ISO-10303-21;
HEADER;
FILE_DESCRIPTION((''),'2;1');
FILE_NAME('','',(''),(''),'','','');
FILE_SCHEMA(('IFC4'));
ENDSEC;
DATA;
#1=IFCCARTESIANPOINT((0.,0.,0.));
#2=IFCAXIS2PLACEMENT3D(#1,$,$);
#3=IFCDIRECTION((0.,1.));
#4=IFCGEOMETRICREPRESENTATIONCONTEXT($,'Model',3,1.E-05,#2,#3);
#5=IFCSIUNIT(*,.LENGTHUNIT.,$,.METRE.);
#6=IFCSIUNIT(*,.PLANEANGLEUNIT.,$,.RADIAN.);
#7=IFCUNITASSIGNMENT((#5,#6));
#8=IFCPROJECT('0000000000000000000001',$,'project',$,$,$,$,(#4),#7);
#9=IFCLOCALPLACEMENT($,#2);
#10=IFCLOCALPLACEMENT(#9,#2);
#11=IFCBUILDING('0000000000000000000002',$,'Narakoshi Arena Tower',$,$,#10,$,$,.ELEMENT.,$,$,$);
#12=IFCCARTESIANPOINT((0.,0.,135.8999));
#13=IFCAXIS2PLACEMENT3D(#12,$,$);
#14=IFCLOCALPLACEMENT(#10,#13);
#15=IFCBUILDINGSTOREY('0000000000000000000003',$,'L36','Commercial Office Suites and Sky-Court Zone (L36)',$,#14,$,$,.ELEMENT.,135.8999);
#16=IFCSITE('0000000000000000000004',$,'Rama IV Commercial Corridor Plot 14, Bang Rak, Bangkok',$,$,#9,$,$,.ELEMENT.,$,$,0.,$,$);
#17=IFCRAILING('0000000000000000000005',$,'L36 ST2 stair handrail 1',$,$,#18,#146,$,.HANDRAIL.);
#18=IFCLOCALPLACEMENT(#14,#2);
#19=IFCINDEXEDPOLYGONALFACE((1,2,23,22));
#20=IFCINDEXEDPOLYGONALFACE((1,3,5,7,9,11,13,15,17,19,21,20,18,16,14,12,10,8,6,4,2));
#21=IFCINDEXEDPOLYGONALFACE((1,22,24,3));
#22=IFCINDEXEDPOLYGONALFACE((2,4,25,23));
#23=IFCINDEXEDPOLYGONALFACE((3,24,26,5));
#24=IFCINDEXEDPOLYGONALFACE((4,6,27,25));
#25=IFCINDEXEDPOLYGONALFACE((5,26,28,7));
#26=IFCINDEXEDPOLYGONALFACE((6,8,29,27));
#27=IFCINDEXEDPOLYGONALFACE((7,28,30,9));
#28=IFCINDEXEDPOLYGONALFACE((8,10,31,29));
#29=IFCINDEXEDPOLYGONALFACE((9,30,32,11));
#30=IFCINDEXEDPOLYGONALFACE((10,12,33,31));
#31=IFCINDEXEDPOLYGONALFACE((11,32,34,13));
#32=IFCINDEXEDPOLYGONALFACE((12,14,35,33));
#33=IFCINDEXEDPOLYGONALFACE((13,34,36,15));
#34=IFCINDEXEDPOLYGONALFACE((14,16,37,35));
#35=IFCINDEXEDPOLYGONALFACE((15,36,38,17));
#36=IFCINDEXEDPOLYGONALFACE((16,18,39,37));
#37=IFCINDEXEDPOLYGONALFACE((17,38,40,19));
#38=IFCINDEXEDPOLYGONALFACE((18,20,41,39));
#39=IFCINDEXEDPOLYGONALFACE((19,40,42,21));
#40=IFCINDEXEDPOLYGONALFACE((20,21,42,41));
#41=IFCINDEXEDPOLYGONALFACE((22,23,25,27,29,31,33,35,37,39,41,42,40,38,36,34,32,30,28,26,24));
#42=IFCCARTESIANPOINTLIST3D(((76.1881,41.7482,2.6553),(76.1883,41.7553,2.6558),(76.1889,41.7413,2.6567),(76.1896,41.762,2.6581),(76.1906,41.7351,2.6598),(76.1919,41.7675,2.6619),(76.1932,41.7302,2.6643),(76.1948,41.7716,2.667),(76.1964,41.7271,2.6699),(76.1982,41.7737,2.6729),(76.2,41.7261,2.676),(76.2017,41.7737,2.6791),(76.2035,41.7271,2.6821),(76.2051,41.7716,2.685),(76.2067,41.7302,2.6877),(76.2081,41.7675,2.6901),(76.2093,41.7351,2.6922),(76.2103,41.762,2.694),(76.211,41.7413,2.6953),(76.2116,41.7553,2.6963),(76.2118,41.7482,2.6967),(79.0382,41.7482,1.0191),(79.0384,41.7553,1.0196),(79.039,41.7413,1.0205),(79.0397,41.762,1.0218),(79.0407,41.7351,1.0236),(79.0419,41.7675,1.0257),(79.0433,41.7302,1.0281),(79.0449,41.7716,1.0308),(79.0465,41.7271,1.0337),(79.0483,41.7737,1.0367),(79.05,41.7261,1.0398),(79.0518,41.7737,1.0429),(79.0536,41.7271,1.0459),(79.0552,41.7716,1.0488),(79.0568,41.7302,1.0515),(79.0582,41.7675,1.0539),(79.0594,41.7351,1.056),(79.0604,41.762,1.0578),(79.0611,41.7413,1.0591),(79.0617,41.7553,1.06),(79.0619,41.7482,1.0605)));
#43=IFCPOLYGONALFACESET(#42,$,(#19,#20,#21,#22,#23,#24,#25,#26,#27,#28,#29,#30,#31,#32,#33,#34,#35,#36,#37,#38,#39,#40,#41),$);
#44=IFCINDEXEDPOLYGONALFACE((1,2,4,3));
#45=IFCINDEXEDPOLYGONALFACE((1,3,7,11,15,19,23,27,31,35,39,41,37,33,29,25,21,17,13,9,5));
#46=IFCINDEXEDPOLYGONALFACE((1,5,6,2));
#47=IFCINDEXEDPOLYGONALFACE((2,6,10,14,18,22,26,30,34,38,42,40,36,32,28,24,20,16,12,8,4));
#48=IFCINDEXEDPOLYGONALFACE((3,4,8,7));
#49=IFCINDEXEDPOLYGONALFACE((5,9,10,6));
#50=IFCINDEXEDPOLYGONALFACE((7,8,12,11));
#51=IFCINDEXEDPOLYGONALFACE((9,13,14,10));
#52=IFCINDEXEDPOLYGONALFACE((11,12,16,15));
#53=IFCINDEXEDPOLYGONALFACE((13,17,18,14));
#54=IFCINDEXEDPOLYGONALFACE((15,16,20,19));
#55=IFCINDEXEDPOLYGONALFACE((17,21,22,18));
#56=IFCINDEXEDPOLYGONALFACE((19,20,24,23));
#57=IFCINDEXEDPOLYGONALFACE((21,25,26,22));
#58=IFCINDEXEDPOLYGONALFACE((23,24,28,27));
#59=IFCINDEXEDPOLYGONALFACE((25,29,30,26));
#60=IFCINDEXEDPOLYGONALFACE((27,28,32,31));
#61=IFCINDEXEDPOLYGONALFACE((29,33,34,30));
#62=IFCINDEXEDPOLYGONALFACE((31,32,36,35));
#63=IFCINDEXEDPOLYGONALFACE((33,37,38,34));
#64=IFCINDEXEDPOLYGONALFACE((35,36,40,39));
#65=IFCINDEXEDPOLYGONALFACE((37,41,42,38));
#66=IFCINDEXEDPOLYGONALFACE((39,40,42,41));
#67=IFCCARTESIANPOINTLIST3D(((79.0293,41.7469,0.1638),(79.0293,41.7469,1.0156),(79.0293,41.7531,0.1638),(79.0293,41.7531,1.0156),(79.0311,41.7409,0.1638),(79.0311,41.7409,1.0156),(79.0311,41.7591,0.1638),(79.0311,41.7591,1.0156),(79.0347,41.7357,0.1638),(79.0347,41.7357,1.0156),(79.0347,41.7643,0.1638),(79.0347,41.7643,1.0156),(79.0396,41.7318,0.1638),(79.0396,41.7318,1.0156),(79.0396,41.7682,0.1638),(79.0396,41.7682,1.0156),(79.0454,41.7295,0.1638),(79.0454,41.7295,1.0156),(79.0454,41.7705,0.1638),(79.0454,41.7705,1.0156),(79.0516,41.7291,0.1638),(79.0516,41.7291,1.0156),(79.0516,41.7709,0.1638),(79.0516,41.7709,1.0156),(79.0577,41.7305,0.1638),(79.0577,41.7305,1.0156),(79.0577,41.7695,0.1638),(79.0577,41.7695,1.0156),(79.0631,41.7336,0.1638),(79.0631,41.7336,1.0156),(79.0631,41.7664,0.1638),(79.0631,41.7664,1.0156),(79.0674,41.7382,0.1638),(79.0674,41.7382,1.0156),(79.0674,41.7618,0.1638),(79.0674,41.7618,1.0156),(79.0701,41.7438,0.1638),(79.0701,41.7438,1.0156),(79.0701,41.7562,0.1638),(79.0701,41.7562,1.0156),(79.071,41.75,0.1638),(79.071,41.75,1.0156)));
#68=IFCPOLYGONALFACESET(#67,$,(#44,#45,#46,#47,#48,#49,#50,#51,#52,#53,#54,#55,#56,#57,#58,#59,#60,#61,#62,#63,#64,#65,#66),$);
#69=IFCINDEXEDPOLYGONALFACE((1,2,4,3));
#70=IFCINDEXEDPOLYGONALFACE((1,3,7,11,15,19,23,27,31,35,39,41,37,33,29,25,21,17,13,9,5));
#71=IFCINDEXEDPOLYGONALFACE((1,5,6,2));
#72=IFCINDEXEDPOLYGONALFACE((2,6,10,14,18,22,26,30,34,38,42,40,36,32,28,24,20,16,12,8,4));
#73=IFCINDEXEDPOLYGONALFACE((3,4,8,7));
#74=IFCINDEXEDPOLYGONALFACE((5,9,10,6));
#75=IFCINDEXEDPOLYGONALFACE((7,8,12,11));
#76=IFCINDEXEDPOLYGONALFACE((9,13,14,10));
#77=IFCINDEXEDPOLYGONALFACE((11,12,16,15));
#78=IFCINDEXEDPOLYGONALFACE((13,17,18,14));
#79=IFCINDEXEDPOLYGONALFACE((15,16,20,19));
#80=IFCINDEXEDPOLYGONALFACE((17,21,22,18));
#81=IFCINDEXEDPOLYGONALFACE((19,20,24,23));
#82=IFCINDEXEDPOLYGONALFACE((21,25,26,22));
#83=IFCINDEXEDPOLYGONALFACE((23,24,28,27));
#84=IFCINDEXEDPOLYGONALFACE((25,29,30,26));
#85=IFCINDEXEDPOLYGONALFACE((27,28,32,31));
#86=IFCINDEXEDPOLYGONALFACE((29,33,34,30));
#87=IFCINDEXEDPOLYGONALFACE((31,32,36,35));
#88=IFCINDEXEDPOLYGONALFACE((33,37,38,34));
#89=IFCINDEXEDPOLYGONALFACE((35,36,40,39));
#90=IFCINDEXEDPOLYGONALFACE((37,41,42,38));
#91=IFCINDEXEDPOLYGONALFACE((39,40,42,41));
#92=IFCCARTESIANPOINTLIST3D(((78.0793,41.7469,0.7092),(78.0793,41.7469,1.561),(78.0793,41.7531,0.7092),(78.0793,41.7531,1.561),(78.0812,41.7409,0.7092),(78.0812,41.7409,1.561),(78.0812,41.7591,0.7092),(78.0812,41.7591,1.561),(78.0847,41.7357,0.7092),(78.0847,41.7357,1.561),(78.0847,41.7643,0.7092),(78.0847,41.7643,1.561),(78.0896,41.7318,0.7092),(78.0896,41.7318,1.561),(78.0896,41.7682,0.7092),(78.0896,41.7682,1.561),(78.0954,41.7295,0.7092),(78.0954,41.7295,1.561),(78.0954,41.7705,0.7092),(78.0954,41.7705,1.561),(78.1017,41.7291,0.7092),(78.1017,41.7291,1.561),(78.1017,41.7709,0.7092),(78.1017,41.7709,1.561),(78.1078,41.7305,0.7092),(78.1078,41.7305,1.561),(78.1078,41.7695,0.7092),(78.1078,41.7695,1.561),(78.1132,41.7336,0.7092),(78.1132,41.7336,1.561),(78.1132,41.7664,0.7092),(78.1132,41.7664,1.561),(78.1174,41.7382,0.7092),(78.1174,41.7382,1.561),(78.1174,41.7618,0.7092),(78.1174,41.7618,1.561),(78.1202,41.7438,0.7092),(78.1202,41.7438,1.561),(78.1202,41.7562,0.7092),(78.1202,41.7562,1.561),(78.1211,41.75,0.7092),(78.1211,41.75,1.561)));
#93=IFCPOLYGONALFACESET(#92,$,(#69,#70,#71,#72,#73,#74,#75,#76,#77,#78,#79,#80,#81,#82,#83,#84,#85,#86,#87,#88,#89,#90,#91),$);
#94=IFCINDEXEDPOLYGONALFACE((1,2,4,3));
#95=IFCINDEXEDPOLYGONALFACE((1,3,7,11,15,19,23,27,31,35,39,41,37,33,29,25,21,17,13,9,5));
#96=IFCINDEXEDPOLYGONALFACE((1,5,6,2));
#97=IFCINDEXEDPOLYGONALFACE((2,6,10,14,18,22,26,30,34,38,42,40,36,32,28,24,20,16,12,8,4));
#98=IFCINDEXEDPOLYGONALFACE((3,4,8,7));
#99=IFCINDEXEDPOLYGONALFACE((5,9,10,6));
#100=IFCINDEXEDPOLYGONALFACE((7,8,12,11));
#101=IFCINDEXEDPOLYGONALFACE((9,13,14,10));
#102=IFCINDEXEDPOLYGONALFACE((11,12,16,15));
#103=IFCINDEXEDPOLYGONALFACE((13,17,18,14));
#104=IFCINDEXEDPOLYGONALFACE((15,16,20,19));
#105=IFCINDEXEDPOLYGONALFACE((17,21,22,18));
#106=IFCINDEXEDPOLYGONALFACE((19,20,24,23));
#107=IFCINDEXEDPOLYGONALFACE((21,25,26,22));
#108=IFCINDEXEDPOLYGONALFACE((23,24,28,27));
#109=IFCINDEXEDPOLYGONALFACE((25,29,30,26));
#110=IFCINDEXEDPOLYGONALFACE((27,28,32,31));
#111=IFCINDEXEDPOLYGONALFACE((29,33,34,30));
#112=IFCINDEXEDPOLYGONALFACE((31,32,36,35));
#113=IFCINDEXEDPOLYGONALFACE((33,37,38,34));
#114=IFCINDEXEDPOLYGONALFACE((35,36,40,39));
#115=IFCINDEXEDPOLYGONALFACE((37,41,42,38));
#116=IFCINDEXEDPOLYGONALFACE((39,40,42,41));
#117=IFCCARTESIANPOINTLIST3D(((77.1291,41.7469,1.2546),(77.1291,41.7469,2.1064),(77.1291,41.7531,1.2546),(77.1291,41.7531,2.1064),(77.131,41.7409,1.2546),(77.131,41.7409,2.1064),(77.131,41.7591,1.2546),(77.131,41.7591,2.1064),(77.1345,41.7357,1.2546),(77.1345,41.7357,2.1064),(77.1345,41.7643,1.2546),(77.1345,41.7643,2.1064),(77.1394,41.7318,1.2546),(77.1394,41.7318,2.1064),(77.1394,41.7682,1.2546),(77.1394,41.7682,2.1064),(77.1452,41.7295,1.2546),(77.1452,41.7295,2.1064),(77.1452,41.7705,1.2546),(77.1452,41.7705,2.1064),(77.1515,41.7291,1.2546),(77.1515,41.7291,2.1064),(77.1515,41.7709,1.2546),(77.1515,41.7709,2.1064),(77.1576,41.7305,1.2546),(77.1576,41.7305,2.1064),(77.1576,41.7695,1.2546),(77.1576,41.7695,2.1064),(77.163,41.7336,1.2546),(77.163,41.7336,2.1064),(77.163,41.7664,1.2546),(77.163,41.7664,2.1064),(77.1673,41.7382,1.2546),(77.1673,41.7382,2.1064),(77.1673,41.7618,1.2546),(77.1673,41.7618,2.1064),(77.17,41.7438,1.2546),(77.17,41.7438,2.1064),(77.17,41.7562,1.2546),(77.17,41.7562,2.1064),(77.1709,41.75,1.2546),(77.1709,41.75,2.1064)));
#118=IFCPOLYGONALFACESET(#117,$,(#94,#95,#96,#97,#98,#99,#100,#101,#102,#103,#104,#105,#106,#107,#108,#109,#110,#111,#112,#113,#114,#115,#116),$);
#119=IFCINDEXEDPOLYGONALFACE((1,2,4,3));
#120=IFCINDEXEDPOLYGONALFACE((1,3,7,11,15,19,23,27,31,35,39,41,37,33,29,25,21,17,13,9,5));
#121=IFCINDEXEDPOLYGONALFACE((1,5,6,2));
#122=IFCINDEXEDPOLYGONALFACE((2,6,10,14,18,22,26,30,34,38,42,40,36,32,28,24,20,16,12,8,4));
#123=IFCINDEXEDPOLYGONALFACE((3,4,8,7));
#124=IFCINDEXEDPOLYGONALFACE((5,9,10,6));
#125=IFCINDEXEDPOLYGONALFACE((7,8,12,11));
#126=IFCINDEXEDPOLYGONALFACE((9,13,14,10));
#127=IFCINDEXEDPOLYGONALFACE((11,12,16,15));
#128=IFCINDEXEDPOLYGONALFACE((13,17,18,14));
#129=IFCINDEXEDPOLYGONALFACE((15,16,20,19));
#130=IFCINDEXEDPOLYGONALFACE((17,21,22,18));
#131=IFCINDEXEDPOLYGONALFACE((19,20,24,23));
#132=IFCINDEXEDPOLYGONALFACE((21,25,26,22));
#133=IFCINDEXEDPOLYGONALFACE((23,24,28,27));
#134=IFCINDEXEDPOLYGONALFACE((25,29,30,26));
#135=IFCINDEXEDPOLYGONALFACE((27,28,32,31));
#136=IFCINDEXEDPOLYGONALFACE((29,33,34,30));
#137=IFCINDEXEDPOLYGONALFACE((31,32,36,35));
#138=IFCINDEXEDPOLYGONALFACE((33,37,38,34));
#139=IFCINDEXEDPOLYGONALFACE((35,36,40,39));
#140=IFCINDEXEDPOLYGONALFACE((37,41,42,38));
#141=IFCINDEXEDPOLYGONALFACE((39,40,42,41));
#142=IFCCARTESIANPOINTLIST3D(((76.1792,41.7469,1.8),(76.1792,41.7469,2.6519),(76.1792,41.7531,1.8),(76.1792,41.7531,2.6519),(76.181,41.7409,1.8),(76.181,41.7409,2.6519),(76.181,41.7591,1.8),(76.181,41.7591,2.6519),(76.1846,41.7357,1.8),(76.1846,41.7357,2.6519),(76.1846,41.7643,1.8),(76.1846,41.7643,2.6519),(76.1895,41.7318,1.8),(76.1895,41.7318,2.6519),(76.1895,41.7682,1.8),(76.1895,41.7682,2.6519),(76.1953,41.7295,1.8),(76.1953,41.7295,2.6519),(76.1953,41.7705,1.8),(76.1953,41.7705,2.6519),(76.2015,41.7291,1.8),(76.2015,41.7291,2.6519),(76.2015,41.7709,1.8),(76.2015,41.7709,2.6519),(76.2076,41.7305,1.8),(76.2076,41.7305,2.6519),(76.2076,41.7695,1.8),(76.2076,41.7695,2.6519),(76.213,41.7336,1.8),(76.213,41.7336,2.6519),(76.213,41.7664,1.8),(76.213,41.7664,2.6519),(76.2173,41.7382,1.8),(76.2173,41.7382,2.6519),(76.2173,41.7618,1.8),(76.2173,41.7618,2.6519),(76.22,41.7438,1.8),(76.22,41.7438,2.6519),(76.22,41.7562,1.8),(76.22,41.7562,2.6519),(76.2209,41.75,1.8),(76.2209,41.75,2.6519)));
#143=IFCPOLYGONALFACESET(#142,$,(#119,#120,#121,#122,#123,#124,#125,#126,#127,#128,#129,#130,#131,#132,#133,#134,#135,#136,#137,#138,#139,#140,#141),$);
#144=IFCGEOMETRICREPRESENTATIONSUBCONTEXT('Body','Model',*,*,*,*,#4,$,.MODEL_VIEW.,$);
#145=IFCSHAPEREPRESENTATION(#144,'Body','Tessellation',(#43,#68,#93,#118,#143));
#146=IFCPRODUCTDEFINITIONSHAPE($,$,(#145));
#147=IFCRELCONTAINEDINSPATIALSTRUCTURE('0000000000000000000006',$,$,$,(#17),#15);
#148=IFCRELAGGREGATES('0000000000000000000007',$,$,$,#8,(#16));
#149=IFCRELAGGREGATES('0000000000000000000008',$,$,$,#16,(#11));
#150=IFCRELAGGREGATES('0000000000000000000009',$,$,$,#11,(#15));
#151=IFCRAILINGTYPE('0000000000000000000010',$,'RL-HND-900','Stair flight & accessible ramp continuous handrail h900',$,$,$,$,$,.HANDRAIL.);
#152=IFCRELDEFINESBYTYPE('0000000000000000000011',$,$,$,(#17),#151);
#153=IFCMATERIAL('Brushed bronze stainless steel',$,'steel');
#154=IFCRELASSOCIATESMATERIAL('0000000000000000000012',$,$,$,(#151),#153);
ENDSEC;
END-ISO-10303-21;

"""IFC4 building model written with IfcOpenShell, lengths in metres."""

from ifc_helpers import new_model, si_unit, direction, frame, origin, origin_2d, place, context, subcontext, project, spatial, circle, extrude, material, type_object, element, save


model = new_model("IFC4")

# Units and contexts
model_context = context("Model", 3, precision=1e-05, world=origin(), true_north=direction((0.0, 1.0)))
body_context = subcontext(model_context, "Body", "Model", "MODEL_VIEW")
ifc_project = project(units=[si_unit("LENGTHUNIT", "METRE"), si_unit("PLANEANGLEUNIT", "RADIAN")], contexts=[model_context])

# Site, building, storey
site_placement = place(None, origin())
site = spatial("IfcSite", under=ifc_project, at=site_placement, Name="Rama IV Commercial Corridor Plot 14, Bang Rak, Bangkok", CompositionType="ELEMENT", RefElevation=0.0)
building_placement = place(site_placement, origin())
building = spatial("IfcBuilding", under=site, at=building_placement, Name="Narakoshi Arena Tower", CompositionType="ELEMENT")
storey_placement = place(building_placement, frame((0.0, 0.0, 135.8999)))
storey = spatial("IfcBuildingStorey", under=building, at=storey_placement, Name="L36", Description="Commercial Office Suites and Sky-Court Zone (L36)", CompositionType="ELEMENT", Elevation=135.8999)

# Railing
ifc_material_1 = material(Name="Brushed bronze stainless steel", Category="steel")
railing_type_1 = type_object("IfcRailingType", Name="RL-HND-900", Description="Stair flight & accessible ramp continuous handrail h900", PredefinedType="HANDRAIL", material=ifc_material_1)
railing_1_placement = place(storey_placement, frame((79.05, 41.75, 0.1638)))
element("IfcRailing", 1, at=railing_1_placement, inside=storey, type_object=railing_type_1, Name="L36 ST2 stair handrail 1", PredefinedType="HANDRAIL", context=body_context, shape_type="SweptSolid", body=[
    extrude(circle(Radius=0.0239, at=origin_2d()), frame((0.0, 0.0, 0.876), z_axis=(-0.867245, 0.0, 0.497882), x_axis=(0.0, -1.0, 0.0)), (0.0, 0.0, 1.0), 3.2864),
    extrude(circle(Radius=0.021, at=origin_2d()), origin(), (0.0, 0.0, 1.0), 0.8518),
    extrude(circle(Radius=0.021, at=origin_2d()), frame((-0.95, 0.0, 0.5454)), (0.0, 0.0, 1.0), 0.8518),
    extrude(circle(Radius=0.021, at=origin_2d()), frame((-1.9001, 0.0, 1.0908)), (0.0, 0.0, 1.0), 0.8518),
    extrude(circle(Radius=0.021, at=origin_2d()), frame((-2.8501, 0.0, 1.6362)), (0.0, 0.0, 1.0), 0.8518),
])

save(model, "model.ifc")
